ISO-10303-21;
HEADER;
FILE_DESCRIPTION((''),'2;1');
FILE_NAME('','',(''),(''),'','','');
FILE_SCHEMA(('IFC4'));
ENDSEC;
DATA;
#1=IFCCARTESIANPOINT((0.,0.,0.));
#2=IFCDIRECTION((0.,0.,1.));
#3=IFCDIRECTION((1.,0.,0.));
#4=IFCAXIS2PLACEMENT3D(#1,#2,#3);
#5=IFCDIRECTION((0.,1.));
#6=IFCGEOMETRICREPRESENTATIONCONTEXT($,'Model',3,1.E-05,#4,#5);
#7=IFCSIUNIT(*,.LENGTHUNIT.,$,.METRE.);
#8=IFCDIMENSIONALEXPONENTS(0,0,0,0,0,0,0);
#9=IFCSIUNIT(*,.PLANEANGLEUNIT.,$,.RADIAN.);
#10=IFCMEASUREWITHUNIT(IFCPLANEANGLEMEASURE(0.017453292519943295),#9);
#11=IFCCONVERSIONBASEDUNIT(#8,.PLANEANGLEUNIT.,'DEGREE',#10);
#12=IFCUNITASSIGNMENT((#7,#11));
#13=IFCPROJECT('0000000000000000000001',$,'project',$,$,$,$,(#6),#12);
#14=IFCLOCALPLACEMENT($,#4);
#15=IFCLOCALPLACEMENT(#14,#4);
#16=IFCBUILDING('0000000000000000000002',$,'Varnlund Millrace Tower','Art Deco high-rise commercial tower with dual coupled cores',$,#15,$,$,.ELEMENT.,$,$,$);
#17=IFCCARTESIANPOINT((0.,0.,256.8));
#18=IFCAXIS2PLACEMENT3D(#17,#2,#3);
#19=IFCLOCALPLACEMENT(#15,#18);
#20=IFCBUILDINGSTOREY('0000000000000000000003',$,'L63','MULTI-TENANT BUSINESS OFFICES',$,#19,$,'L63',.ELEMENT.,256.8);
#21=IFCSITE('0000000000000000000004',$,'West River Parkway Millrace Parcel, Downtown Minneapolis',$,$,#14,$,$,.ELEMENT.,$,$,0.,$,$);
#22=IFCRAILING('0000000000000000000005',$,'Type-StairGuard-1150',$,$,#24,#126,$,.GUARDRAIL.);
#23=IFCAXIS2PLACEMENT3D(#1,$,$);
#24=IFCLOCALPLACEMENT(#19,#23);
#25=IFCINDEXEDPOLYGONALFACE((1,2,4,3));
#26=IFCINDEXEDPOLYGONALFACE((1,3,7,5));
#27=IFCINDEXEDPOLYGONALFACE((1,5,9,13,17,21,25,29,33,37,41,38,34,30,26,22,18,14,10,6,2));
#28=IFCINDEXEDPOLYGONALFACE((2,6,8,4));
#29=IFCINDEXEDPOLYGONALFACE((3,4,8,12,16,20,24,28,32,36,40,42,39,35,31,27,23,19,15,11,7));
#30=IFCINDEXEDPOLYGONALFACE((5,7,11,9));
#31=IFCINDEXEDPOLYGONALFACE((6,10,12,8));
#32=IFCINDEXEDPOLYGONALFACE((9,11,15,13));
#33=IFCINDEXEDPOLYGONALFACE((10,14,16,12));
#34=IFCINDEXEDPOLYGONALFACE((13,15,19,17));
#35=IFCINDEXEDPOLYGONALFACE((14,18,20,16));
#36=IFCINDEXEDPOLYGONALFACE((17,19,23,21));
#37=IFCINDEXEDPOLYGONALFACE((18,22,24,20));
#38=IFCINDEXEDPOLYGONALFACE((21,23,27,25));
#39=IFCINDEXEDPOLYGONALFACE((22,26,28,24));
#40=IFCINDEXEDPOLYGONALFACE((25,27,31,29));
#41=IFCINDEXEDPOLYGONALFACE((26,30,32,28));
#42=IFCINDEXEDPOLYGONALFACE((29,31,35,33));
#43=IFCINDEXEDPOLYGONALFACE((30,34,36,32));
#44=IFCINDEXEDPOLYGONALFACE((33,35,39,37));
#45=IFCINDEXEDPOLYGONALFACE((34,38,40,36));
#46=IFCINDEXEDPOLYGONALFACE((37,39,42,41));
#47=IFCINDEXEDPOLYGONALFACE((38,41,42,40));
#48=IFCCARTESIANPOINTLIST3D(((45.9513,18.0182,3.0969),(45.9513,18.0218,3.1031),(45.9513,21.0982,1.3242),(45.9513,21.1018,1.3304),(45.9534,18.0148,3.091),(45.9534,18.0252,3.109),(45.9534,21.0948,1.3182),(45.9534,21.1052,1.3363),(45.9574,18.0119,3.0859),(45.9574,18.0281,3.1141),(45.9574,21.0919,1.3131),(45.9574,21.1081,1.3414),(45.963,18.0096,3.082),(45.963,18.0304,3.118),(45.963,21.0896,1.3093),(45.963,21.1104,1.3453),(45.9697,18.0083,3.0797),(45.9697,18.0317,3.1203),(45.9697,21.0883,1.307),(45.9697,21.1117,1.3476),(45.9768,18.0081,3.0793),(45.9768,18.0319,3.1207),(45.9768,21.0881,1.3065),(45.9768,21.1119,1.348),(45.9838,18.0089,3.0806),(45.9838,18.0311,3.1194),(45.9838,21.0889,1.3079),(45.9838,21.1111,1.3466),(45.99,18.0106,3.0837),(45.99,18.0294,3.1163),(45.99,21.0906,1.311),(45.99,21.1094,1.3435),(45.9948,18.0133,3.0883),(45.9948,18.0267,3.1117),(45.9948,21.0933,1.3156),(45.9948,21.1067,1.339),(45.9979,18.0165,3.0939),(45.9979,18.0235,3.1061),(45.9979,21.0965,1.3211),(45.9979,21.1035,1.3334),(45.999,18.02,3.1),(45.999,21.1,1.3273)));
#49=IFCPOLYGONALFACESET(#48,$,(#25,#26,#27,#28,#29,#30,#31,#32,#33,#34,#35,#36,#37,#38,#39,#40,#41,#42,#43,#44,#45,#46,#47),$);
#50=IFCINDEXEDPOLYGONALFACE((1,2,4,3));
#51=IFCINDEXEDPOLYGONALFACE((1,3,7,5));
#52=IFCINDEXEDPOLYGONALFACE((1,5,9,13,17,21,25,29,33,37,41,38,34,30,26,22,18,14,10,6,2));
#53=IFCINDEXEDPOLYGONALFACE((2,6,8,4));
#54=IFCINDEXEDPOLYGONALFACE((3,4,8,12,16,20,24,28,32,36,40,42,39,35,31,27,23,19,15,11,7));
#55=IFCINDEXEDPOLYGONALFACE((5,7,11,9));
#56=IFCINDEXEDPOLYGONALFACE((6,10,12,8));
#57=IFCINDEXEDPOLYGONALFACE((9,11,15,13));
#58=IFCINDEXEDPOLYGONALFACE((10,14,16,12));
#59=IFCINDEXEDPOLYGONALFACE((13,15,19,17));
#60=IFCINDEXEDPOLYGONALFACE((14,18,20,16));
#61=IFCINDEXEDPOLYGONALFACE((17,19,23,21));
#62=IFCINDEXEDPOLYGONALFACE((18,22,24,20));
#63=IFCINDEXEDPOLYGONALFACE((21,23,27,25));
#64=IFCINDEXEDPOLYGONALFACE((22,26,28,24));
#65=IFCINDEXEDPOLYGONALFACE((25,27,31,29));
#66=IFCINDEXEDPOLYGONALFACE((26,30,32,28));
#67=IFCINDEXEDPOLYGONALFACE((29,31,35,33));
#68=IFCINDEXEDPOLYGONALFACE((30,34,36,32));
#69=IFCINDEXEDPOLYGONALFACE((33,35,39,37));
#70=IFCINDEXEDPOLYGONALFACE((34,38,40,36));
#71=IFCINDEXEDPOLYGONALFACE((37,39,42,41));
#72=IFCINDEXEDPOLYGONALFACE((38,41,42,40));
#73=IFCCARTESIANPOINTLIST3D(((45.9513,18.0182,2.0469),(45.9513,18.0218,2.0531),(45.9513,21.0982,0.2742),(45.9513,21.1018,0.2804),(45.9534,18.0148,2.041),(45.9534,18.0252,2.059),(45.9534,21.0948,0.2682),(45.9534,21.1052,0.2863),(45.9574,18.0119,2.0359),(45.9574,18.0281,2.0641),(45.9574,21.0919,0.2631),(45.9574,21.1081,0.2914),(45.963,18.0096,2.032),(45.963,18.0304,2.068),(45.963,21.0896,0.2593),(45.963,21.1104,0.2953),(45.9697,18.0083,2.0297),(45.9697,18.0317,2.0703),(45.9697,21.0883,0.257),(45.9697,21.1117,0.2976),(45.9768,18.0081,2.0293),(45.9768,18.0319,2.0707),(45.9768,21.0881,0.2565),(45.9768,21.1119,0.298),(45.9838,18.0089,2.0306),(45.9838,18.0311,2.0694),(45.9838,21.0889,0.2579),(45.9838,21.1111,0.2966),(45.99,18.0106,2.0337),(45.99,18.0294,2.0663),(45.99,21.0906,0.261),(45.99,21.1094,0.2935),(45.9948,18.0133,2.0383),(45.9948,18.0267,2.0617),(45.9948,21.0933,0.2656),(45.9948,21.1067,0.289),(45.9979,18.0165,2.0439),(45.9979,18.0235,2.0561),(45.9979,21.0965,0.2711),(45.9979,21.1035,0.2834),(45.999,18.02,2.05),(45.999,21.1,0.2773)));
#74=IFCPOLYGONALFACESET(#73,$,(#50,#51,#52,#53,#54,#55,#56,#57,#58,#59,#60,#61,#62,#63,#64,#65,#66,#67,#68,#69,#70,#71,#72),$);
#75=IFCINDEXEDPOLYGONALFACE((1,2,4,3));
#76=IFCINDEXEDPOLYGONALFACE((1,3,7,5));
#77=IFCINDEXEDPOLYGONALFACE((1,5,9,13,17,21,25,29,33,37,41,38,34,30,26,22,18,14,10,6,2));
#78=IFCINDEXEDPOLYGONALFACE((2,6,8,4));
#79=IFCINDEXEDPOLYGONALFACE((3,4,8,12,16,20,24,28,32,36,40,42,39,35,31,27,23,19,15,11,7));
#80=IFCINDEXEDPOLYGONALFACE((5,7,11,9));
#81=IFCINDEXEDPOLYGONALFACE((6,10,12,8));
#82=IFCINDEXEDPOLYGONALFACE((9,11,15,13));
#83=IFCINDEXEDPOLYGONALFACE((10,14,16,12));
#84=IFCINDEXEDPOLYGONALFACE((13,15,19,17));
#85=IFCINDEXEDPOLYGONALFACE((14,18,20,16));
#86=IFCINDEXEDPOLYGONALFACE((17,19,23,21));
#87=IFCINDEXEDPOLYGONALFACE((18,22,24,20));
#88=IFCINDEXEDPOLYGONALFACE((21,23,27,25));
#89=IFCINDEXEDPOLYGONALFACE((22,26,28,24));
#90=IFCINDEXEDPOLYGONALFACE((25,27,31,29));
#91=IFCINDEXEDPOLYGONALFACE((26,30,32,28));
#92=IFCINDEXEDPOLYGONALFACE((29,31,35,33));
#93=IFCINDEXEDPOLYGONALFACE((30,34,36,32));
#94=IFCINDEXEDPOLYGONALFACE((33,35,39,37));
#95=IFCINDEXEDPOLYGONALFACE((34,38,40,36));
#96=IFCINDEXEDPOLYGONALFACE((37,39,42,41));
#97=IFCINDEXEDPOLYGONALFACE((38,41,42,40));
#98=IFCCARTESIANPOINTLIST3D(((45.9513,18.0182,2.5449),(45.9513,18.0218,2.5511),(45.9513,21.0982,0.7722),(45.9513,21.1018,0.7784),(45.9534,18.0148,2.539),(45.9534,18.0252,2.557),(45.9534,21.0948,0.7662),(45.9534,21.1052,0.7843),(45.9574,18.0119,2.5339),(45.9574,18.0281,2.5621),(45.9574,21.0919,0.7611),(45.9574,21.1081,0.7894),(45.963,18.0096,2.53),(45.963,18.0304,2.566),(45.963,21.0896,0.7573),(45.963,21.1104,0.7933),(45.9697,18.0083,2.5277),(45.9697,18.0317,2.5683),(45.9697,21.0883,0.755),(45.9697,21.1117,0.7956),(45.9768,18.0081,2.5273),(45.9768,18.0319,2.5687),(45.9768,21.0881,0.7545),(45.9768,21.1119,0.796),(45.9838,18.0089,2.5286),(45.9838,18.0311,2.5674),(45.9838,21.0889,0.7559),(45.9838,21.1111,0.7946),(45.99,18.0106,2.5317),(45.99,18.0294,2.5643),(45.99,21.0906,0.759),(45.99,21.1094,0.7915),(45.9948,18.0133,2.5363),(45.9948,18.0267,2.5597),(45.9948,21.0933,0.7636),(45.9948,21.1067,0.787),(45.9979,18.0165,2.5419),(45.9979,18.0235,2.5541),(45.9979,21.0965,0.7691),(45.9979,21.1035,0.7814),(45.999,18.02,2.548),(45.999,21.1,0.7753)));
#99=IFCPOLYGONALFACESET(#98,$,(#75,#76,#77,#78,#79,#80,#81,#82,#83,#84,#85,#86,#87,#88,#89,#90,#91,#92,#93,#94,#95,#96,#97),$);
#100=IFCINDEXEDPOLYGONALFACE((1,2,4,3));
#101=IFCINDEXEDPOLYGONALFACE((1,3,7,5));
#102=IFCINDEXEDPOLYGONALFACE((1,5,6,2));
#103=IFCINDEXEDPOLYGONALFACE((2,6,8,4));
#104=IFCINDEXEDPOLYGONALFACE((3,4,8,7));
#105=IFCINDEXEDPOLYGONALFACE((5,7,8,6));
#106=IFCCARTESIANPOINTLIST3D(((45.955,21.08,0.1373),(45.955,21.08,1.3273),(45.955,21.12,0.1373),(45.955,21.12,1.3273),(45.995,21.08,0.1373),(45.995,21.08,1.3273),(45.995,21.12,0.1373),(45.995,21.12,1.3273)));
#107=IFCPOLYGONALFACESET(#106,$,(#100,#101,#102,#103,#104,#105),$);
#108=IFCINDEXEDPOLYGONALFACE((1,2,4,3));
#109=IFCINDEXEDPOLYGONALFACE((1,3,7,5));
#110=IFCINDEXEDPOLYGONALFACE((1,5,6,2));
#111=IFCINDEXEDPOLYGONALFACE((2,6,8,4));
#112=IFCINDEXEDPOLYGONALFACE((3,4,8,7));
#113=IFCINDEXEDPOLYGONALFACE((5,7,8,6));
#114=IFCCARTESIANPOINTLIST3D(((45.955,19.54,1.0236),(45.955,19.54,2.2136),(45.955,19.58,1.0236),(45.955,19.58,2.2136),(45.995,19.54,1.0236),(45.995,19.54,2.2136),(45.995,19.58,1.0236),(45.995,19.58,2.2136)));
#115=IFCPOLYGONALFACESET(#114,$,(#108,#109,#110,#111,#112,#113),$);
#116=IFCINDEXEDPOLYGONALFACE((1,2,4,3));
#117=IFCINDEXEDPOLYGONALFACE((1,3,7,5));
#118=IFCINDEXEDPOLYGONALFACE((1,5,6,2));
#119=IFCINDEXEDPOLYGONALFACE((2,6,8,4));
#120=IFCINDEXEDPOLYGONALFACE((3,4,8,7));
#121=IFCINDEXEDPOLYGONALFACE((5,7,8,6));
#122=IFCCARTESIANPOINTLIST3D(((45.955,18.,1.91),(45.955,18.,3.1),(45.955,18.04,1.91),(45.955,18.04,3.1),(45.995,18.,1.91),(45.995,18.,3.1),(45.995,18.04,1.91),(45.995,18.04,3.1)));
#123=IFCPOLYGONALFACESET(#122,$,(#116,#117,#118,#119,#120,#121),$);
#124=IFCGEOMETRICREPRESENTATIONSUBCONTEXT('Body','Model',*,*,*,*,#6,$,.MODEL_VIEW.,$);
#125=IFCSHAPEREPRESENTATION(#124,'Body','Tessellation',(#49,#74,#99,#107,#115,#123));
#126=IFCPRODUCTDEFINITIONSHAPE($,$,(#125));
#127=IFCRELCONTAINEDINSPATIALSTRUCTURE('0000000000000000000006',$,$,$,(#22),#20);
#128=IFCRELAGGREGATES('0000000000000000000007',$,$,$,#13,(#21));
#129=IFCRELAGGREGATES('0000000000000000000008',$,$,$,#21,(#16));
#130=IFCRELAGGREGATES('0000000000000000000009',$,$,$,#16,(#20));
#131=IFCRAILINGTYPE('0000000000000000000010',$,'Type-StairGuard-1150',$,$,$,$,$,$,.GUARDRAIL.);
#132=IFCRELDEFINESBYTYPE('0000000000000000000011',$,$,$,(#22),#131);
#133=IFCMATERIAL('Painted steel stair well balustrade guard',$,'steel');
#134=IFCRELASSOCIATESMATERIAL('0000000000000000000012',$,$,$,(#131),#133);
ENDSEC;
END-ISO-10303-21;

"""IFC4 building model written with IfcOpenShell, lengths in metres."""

from ifc_helpers import new_model, entity, si_unit, converted_unit, direction, frame, origin_with_axes, origin_2d_with_axis, place, context, subcontext, project, spatial, rectangle, circle, extrude, material, type_object, element, save


model = new_model("IFC4")

# Units and contexts
model_context = context("Model", 3, precision=1e-05, world=origin_with_axes(), true_north=direction((0.0, 1.0)))
body_context = subcontext(model_context, "Body", "Model", "MODEL_VIEW")
ifc_project = project(units=[si_unit("LENGTHUNIT", "METRE"), converted_unit("PLANEANGLEUNIT", "DEGREE", entity("IfcPlaneAngleMeasure", 0.017453292519943295), si_unit("PLANEANGLEUNIT", "RADIAN"), dimensions=[0, 0, 0, 0, 0, 0, 0])], contexts=[model_context])

# Site, building, storey
site_placement = place(None, origin_with_axes())
site = spatial("IfcSite", under=ifc_project, at=site_placement, Name="West River Parkway Millrace Parcel, Downtown Minneapolis", CompositionType="ELEMENT", RefElevation=0.0)
building_placement = place(site_placement, origin_with_axes())
building = spatial("IfcBuilding", under=site, at=building_placement, Name="Varnlund Millrace Tower", Description="Art Deco high-rise commercial tower with dual coupled cores", CompositionType="ELEMENT")
storey_placement = place(building_placement, frame((0.0, 0.0, 256.8), z_axis=(0.0, 0.0, 1.0), x_axis=(1.0, 0.0, 0.0)))
storey = spatial("IfcBuildingStorey", under=building, at=storey_placement, Name="L63", Description="MULTI-TENANT BUSINESS OFFICES", LongName="L63", CompositionType="ELEMENT", Elevation=256.8)

# Railing
ifc_material_1 = material(Name="Painted steel stair well balustrade guard", Category="steel")
railing_type_1 = type_object("IfcRailingType", Name="Type-StairGuard-1150", PredefinedType="GUARDRAIL", material=ifc_material_1)
railing_1_placement = place(storey_placement, frame((0.0, 0.0, -256.8), z_axis=(0.0, 0.0, 1.0), x_axis=(1.0, 0.0, 0.0)))
element("IfcRailing", 1, at=railing_1_placement, inside=storey, type_object=railing_type_1, Name="Type-StairGuard-1150", PredefinedType="GUARDRAIL", context=body_context, shape_type="SweptSolid", body=[
    extrude(circle(Radius=0.024, at=origin_2d_with_axis()), frame((45.975, 21.1, 258.1273), z_axis=(0.0, -0.866696, 0.498836), x_axis=(1.0, 0.0, 0.0)), (0.0, 0.0, 1.0), 3.5537),
    extrude(circle(Radius=0.024, at=origin_2d_with_axis()), frame((45.975, 21.1, 257.0773), z_axis=(0.0, -0.866696, 0.498836), x_axis=(1.0, 0.0, 0.0)), (0.0, 0.0, 1.0), 3.5537),
    extrude(circle(Radius=0.024, at=origin_2d_with_axis()), frame((45.975, 21.1, 257.5753), z_axis=(0.0, -0.866696, 0.498836), x_axis=(1.0, 0.0, 0.0)), (0.0, 0.0, 1.0), 3.5537),
    extrude(rectangle(XDim=0.04, YDim=0.04, at=origin_2d_with_axis()), frame((45.975, 21.1, 256.9373), z_axis=(0.0, 0.0, 1.0), x_axis=(1.0, 0.0, 0.0)), (0.0, 0.0, 1.0), 1.19),
    extrude(rectangle(XDim=0.04, YDim=0.04, at=origin_2d_with_axis()), frame((45.975, 19.56, 257.8236), z_axis=(0.0, 0.0, 1.0), x_axis=(1.0, 0.0, 0.0)), (0.0, 0.0, 1.0), 1.19),
    extrude(rectangle(XDim=0.04, YDim=0.04, at=origin_2d_with_axis()), frame((45.975, 18.02, 258.71), z_axis=(0.0, 0.0, 1.0), x_axis=(1.0, 0.0, 0.0)), (0.0, 0.0, 1.0), 1.19),
])

save(model, "model.ifc")
